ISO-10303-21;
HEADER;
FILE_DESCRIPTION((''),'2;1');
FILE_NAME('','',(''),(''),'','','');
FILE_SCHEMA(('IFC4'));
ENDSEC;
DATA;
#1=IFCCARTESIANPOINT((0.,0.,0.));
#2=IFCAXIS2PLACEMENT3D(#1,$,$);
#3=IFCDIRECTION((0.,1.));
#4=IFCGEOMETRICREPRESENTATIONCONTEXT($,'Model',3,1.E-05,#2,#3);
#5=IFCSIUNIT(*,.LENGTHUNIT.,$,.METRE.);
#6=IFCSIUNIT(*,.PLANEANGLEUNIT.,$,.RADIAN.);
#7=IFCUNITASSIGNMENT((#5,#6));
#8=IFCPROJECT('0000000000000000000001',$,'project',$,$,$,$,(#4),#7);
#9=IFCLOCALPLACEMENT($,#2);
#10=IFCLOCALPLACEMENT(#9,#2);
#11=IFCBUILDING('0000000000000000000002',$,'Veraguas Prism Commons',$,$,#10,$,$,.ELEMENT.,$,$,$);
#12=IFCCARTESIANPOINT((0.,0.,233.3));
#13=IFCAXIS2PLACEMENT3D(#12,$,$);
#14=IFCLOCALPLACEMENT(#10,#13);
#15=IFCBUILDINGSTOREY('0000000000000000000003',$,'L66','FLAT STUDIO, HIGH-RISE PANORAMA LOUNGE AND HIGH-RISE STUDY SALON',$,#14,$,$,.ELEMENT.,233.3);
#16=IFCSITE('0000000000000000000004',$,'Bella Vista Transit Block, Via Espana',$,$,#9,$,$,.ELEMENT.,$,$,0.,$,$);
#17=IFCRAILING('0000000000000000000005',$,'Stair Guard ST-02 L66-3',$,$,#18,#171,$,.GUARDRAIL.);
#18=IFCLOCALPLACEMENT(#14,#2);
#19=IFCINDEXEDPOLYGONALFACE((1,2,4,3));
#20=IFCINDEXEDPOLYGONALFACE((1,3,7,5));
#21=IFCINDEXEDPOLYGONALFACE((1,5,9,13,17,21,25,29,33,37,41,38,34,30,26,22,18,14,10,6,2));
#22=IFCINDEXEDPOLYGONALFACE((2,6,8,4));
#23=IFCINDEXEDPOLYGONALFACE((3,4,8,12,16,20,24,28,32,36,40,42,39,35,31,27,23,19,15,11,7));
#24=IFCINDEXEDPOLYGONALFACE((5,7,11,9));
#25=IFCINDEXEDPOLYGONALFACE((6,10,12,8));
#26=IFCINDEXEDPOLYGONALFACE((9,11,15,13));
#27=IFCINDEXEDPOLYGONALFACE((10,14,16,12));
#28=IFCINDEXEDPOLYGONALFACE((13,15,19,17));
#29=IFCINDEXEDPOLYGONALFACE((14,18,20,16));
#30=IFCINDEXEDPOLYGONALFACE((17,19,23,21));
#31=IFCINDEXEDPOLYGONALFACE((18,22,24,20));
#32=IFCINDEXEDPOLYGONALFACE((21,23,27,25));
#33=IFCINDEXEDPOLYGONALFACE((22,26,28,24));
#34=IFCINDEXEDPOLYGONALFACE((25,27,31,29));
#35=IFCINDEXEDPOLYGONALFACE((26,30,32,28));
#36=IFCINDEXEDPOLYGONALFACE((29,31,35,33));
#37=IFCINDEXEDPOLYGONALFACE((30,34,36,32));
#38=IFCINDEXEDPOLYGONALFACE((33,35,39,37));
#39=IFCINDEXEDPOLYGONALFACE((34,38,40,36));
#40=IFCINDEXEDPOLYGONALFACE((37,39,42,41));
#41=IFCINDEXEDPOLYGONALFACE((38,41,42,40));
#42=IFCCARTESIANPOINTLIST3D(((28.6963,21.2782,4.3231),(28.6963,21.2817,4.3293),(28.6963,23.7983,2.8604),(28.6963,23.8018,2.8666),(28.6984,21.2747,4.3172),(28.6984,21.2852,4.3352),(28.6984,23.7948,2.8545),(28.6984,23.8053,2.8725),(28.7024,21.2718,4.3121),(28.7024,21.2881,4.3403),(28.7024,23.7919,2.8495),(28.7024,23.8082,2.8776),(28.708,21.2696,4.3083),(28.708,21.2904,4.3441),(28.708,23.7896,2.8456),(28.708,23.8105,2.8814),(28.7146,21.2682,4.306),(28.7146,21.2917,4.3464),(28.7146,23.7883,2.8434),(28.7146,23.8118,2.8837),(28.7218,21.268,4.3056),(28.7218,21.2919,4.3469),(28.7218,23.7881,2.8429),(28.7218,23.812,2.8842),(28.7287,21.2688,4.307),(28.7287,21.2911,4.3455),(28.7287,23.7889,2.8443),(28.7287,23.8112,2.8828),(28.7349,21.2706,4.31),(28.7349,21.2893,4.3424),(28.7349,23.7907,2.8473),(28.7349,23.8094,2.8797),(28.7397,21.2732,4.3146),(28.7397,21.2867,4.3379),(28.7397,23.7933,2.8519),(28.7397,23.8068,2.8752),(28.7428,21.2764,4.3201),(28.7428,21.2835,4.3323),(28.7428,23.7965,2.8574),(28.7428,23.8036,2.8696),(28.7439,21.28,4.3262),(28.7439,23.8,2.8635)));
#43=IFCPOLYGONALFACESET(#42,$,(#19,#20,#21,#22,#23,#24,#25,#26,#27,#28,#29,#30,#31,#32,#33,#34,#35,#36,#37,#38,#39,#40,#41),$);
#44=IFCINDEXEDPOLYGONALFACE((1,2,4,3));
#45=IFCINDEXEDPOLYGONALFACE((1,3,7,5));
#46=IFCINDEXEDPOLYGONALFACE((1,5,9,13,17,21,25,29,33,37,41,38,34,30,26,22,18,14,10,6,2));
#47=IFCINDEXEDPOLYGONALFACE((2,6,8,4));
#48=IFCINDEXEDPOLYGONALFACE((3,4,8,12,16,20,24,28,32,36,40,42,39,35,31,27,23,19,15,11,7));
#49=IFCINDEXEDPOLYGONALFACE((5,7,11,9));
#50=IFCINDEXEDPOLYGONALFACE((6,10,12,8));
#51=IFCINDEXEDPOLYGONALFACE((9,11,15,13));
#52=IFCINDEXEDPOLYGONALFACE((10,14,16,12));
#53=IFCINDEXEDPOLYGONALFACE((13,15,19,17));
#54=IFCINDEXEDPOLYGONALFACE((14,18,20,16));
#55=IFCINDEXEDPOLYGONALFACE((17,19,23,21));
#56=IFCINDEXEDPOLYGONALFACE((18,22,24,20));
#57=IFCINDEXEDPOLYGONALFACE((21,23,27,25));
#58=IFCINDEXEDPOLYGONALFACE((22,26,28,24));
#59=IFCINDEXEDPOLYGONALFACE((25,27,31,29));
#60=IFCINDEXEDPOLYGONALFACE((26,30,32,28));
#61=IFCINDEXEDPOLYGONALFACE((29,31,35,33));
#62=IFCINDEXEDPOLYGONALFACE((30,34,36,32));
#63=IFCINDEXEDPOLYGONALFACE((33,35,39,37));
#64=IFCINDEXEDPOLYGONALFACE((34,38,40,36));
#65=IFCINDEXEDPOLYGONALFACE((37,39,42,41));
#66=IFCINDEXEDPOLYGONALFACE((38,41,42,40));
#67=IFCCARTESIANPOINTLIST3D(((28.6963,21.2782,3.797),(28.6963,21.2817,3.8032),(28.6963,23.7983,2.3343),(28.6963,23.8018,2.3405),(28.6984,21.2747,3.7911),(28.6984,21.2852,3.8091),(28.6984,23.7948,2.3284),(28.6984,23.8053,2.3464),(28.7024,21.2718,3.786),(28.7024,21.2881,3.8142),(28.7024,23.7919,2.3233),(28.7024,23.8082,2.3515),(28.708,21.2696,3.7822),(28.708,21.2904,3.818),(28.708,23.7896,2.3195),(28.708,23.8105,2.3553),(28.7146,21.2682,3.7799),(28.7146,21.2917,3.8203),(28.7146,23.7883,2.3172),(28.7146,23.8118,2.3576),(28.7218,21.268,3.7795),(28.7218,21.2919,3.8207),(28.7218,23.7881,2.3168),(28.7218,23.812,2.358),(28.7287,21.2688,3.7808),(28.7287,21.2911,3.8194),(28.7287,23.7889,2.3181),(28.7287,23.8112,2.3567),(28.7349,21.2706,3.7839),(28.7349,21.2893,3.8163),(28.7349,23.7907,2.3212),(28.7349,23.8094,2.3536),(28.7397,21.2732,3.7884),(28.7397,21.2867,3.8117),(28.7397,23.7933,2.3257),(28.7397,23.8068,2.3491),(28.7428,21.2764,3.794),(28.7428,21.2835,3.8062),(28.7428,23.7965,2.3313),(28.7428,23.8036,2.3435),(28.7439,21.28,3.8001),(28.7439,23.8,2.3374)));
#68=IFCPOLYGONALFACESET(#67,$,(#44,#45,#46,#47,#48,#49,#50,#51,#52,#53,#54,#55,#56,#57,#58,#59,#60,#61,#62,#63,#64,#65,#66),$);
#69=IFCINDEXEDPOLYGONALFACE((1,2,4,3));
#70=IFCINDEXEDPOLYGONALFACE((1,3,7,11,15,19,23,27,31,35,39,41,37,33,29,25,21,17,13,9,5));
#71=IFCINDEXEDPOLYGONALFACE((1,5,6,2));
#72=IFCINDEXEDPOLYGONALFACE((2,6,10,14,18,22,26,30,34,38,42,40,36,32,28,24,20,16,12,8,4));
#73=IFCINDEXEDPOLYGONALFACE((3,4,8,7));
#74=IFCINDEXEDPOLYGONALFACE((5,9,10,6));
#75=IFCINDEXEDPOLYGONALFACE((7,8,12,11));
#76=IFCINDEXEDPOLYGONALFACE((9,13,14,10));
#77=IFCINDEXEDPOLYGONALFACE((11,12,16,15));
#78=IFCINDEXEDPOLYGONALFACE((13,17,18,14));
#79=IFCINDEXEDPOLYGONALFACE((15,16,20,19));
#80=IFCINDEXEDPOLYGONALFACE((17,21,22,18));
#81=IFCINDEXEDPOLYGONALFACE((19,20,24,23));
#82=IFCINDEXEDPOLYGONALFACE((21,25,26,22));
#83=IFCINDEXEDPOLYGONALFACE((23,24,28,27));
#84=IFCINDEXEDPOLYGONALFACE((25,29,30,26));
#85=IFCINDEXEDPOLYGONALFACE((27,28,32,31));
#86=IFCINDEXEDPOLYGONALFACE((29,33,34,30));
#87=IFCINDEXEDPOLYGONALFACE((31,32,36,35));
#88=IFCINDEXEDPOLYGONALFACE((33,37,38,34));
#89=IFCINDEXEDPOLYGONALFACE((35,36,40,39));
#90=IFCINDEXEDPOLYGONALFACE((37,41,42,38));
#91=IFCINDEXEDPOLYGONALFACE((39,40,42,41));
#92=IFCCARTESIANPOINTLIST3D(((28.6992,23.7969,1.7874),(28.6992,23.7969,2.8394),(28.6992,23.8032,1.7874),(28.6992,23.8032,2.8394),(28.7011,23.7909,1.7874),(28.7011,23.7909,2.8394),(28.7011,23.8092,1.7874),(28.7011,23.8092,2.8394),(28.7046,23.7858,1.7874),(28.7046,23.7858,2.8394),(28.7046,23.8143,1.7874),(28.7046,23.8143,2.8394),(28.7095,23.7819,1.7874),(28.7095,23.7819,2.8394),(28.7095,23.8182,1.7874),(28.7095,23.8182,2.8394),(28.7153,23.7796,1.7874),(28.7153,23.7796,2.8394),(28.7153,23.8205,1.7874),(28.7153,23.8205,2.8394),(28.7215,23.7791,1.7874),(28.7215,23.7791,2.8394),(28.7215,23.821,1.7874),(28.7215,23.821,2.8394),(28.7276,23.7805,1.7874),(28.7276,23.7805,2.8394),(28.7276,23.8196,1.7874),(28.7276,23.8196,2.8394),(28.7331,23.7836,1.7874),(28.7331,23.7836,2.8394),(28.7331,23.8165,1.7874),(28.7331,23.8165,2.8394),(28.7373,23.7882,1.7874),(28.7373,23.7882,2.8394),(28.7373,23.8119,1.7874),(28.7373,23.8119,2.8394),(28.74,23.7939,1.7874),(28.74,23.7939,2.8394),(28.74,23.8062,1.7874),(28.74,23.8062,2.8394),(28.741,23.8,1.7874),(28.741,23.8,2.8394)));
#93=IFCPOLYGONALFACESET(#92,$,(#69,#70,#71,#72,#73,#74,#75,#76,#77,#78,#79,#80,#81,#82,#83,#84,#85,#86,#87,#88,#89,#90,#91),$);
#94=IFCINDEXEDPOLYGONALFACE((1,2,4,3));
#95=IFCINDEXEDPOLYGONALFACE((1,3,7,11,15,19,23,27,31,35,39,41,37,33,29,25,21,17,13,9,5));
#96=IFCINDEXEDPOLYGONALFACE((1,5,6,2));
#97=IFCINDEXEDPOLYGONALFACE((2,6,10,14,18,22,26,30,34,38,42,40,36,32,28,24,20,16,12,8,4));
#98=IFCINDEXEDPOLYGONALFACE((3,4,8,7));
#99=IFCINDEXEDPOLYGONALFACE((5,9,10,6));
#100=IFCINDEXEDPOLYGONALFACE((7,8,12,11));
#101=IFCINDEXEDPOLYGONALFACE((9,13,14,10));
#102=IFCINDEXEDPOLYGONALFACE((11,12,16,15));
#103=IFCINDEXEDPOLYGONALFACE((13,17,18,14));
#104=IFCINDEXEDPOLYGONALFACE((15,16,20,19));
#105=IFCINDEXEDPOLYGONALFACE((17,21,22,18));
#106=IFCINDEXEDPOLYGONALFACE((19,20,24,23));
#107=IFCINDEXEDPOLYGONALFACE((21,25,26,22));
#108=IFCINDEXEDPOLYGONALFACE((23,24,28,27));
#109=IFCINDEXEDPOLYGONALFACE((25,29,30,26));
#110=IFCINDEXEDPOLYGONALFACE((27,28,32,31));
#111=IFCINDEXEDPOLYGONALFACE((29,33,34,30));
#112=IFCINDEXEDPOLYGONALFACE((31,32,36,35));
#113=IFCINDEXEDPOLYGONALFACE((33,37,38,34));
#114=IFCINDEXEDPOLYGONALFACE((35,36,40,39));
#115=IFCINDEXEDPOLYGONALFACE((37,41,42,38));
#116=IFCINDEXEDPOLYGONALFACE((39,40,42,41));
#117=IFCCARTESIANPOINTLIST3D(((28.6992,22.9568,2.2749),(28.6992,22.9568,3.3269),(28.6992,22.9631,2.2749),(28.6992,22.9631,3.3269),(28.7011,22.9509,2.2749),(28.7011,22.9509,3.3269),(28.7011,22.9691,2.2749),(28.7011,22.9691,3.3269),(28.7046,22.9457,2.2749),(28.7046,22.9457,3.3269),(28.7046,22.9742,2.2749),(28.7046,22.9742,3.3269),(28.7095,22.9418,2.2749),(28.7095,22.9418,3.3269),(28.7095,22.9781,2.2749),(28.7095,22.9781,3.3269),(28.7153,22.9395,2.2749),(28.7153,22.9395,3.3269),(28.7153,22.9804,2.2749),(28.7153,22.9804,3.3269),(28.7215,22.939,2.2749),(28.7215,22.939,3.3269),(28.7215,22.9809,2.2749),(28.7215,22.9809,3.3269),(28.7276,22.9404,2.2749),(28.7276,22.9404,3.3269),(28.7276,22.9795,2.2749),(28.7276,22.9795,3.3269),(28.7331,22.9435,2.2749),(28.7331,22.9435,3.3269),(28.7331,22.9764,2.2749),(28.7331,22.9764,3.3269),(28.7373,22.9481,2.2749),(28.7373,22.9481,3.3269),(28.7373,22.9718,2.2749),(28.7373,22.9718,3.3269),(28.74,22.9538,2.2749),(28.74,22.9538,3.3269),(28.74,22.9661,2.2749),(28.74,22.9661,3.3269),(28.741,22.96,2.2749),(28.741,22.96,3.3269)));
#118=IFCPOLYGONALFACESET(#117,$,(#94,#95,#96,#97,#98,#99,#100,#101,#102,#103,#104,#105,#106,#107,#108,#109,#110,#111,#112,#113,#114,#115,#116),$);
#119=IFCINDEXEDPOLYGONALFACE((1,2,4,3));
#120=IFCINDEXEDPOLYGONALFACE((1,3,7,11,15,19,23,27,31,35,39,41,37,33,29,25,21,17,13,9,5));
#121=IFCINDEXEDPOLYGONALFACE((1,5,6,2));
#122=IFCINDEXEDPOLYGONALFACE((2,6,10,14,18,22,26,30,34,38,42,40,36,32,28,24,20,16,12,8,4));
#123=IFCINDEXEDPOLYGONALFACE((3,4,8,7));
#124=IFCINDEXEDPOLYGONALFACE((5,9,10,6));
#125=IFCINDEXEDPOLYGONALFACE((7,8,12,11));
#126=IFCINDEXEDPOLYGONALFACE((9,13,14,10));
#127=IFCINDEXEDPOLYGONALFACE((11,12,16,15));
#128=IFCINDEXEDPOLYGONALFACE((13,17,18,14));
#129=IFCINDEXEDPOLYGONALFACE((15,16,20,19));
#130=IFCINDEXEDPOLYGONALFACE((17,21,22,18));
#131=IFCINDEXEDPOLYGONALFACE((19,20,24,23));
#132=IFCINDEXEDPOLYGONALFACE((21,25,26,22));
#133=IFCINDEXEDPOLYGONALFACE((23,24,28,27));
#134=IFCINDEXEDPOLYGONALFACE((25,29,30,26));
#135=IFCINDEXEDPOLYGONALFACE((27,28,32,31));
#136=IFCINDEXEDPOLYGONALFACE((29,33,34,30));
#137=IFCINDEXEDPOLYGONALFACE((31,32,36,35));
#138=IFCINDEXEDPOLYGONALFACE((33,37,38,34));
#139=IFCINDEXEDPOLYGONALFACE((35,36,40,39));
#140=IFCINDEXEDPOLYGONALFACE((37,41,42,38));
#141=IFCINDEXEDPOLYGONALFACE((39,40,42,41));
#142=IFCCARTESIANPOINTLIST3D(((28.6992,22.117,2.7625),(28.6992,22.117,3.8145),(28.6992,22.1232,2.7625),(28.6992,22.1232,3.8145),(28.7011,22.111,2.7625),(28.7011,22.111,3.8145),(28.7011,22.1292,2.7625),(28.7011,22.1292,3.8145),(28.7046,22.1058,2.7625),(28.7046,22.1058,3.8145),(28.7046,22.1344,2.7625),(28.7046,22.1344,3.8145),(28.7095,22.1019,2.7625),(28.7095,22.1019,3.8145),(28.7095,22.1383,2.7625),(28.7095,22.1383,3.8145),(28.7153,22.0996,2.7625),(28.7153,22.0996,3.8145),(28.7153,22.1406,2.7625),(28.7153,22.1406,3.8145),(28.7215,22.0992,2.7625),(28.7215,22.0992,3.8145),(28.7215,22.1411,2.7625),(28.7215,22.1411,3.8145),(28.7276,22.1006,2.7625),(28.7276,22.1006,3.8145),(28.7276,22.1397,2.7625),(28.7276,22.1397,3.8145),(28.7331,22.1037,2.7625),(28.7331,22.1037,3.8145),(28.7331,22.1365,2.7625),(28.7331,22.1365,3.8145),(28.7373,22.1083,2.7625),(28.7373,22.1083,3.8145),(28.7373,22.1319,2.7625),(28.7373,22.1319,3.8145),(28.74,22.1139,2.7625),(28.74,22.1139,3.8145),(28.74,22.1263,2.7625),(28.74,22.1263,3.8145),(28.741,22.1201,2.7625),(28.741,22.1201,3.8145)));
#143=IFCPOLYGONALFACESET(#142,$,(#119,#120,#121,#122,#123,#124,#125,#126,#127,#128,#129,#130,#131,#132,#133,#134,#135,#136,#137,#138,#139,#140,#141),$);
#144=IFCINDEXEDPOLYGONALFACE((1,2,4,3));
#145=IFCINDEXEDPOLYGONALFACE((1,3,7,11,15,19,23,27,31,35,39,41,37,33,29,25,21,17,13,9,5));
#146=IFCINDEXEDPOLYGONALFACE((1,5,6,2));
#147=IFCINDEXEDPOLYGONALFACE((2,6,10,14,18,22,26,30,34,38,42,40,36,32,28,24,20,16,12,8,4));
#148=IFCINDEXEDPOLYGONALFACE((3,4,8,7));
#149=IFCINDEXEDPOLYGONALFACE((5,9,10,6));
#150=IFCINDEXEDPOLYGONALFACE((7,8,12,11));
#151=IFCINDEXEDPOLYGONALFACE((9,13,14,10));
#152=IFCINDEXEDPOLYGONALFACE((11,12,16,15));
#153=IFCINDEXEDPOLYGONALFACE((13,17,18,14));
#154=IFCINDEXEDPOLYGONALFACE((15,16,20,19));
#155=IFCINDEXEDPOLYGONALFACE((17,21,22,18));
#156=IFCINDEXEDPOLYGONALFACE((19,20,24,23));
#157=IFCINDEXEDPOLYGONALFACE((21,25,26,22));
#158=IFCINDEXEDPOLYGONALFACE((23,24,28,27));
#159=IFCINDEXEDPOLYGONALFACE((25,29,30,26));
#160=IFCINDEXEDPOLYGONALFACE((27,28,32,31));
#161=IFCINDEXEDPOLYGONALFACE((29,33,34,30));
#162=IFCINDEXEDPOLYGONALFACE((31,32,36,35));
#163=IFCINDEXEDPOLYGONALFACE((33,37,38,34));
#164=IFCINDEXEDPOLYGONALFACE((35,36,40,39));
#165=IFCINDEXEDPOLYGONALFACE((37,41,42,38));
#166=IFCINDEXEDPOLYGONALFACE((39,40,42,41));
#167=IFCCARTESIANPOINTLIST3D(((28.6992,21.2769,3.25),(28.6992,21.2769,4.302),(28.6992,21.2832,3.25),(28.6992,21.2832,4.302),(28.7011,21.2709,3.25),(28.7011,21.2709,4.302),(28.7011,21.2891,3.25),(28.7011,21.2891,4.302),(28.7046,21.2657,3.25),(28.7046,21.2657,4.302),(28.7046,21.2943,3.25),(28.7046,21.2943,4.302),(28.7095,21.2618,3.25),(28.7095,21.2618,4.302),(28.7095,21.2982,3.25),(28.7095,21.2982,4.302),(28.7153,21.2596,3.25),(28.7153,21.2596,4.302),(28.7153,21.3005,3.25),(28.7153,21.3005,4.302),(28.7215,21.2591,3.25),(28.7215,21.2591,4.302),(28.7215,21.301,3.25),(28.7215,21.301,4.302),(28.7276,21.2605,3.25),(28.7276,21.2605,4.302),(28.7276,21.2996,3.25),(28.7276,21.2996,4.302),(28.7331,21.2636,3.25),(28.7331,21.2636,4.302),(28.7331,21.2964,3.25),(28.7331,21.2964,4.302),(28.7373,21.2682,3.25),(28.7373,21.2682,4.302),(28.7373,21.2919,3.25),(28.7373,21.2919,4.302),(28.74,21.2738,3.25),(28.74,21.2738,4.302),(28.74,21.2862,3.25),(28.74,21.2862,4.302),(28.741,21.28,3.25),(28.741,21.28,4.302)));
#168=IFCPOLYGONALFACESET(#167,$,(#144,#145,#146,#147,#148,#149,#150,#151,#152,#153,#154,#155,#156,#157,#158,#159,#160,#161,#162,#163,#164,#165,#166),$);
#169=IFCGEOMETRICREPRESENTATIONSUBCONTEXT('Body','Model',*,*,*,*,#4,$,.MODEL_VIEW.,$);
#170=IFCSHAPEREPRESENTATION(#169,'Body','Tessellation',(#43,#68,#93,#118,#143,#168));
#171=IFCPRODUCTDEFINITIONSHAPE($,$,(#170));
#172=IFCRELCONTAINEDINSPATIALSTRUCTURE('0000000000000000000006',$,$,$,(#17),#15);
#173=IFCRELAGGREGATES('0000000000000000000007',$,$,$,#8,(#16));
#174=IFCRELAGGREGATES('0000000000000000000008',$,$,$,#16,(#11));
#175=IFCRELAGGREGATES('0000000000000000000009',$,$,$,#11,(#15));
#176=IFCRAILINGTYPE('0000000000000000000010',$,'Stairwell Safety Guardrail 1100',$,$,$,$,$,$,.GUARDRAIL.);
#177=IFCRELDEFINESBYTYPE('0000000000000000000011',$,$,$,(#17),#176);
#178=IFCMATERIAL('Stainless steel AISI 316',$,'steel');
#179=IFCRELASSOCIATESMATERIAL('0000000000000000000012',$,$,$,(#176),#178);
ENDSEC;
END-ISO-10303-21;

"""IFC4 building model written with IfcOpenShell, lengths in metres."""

from ifc_helpers import new_model, si_unit, direction, frame, origin, origin_2d, place, context, subcontext, project, spatial, circle, extrude, material, type_object, element, save


model = new_model("IFC4")

# Units and contexts
model_context = context("Model", 3, precision=1e-05, world=origin(), true_north=direction((0.0, 1.0)))
body_context = subcontext(model_context, "Body", "Model", "MODEL_VIEW")
ifc_project = project(units=[si_unit("LENGTHUNIT", "METRE"), si_unit("PLANEANGLEUNIT", "RADIAN")], contexts=[model_context])

# Site, building, storey
site_placement = place(None, origin())
site = spatial("IfcSite", under=ifc_project, at=site_placement, Name="Bella Vista Transit Block, Via Espana", CompositionType="ELEMENT", RefElevation=0.0)
building_placement = place(site_placement, origin())
building = spatial("IfcBuilding", under=site, at=building_placement, Name="Veraguas Prism Commons", CompositionType="ELEMENT")
storey_placement = place(building_placement, frame((0.0, 0.0, 233.3)))
storey = spatial("IfcBuildingStorey", under=building, at=storey_placement, Name="L66", Description="FLAT STUDIO, HIGH-RISE PANORAMA LOUNGE AND HIGH-RISE STUDY SALON", CompositionType="ELEMENT", Elevation=233.3)

# Railing
ifc_material_1 = material(Name="Stainless steel AISI 316", Category="steel")
railing_type_1 = type_object("IfcRailingType", Name="Stairwell Safety Guardrail 1100", PredefinedType="GUARDRAIL", material=ifc_material_1)
railing_1_placement = place(storey_placement, frame((28.72, 23.8, 1.7874)))
element("IfcRailing", 1, at=railing_1_placement, inside=storey, type_object=railing_type_1, Name="Stair Guard ST-02 L66-3", PredefinedType="GUARDRAIL", context=body_context, shape_type="SweptSolid", body=[
    extrude(circle(Radius=0.0239, at=origin_2d()), frame((0.0, 0.0, 1.0762), z_axis=(0.0, -0.864877, 0.501984), x_axis=(1.0, 0.0, 0.0)), (0.0, 0.0, 1.0), 2.9138),
    extrude(circle(Radius=0.0239, at=origin_2d()), frame((0.0, 0.0, 0.55), z_axis=(0.0, -0.864877, 0.501984), x_axis=(1.0, 0.0, 0.0)), (0.0, 0.0, 1.0), 2.9138),
    extrude(circle(Radius=0.021, at=origin_2d()), origin(), (0.0, 0.0, 1.0), 1.052),
    extrude(circle(Radius=0.021, at=origin_2d()), frame((0.0, -0.8401, 0.4875)), (0.0, 0.0, 1.0), 1.052),
    extrude(circle(Radius=0.021, at=origin_2d()), frame((0.0, -1.6799, 0.9751)), (0.0, 0.0, 1.0), 1.052),
    extrude(circle(Radius=0.021, at=origin_2d()), frame((0.0, -2.52, 1.4626)), (0.0, 0.0, 1.0), 1.052),
])

save(model, "model.ifc")
